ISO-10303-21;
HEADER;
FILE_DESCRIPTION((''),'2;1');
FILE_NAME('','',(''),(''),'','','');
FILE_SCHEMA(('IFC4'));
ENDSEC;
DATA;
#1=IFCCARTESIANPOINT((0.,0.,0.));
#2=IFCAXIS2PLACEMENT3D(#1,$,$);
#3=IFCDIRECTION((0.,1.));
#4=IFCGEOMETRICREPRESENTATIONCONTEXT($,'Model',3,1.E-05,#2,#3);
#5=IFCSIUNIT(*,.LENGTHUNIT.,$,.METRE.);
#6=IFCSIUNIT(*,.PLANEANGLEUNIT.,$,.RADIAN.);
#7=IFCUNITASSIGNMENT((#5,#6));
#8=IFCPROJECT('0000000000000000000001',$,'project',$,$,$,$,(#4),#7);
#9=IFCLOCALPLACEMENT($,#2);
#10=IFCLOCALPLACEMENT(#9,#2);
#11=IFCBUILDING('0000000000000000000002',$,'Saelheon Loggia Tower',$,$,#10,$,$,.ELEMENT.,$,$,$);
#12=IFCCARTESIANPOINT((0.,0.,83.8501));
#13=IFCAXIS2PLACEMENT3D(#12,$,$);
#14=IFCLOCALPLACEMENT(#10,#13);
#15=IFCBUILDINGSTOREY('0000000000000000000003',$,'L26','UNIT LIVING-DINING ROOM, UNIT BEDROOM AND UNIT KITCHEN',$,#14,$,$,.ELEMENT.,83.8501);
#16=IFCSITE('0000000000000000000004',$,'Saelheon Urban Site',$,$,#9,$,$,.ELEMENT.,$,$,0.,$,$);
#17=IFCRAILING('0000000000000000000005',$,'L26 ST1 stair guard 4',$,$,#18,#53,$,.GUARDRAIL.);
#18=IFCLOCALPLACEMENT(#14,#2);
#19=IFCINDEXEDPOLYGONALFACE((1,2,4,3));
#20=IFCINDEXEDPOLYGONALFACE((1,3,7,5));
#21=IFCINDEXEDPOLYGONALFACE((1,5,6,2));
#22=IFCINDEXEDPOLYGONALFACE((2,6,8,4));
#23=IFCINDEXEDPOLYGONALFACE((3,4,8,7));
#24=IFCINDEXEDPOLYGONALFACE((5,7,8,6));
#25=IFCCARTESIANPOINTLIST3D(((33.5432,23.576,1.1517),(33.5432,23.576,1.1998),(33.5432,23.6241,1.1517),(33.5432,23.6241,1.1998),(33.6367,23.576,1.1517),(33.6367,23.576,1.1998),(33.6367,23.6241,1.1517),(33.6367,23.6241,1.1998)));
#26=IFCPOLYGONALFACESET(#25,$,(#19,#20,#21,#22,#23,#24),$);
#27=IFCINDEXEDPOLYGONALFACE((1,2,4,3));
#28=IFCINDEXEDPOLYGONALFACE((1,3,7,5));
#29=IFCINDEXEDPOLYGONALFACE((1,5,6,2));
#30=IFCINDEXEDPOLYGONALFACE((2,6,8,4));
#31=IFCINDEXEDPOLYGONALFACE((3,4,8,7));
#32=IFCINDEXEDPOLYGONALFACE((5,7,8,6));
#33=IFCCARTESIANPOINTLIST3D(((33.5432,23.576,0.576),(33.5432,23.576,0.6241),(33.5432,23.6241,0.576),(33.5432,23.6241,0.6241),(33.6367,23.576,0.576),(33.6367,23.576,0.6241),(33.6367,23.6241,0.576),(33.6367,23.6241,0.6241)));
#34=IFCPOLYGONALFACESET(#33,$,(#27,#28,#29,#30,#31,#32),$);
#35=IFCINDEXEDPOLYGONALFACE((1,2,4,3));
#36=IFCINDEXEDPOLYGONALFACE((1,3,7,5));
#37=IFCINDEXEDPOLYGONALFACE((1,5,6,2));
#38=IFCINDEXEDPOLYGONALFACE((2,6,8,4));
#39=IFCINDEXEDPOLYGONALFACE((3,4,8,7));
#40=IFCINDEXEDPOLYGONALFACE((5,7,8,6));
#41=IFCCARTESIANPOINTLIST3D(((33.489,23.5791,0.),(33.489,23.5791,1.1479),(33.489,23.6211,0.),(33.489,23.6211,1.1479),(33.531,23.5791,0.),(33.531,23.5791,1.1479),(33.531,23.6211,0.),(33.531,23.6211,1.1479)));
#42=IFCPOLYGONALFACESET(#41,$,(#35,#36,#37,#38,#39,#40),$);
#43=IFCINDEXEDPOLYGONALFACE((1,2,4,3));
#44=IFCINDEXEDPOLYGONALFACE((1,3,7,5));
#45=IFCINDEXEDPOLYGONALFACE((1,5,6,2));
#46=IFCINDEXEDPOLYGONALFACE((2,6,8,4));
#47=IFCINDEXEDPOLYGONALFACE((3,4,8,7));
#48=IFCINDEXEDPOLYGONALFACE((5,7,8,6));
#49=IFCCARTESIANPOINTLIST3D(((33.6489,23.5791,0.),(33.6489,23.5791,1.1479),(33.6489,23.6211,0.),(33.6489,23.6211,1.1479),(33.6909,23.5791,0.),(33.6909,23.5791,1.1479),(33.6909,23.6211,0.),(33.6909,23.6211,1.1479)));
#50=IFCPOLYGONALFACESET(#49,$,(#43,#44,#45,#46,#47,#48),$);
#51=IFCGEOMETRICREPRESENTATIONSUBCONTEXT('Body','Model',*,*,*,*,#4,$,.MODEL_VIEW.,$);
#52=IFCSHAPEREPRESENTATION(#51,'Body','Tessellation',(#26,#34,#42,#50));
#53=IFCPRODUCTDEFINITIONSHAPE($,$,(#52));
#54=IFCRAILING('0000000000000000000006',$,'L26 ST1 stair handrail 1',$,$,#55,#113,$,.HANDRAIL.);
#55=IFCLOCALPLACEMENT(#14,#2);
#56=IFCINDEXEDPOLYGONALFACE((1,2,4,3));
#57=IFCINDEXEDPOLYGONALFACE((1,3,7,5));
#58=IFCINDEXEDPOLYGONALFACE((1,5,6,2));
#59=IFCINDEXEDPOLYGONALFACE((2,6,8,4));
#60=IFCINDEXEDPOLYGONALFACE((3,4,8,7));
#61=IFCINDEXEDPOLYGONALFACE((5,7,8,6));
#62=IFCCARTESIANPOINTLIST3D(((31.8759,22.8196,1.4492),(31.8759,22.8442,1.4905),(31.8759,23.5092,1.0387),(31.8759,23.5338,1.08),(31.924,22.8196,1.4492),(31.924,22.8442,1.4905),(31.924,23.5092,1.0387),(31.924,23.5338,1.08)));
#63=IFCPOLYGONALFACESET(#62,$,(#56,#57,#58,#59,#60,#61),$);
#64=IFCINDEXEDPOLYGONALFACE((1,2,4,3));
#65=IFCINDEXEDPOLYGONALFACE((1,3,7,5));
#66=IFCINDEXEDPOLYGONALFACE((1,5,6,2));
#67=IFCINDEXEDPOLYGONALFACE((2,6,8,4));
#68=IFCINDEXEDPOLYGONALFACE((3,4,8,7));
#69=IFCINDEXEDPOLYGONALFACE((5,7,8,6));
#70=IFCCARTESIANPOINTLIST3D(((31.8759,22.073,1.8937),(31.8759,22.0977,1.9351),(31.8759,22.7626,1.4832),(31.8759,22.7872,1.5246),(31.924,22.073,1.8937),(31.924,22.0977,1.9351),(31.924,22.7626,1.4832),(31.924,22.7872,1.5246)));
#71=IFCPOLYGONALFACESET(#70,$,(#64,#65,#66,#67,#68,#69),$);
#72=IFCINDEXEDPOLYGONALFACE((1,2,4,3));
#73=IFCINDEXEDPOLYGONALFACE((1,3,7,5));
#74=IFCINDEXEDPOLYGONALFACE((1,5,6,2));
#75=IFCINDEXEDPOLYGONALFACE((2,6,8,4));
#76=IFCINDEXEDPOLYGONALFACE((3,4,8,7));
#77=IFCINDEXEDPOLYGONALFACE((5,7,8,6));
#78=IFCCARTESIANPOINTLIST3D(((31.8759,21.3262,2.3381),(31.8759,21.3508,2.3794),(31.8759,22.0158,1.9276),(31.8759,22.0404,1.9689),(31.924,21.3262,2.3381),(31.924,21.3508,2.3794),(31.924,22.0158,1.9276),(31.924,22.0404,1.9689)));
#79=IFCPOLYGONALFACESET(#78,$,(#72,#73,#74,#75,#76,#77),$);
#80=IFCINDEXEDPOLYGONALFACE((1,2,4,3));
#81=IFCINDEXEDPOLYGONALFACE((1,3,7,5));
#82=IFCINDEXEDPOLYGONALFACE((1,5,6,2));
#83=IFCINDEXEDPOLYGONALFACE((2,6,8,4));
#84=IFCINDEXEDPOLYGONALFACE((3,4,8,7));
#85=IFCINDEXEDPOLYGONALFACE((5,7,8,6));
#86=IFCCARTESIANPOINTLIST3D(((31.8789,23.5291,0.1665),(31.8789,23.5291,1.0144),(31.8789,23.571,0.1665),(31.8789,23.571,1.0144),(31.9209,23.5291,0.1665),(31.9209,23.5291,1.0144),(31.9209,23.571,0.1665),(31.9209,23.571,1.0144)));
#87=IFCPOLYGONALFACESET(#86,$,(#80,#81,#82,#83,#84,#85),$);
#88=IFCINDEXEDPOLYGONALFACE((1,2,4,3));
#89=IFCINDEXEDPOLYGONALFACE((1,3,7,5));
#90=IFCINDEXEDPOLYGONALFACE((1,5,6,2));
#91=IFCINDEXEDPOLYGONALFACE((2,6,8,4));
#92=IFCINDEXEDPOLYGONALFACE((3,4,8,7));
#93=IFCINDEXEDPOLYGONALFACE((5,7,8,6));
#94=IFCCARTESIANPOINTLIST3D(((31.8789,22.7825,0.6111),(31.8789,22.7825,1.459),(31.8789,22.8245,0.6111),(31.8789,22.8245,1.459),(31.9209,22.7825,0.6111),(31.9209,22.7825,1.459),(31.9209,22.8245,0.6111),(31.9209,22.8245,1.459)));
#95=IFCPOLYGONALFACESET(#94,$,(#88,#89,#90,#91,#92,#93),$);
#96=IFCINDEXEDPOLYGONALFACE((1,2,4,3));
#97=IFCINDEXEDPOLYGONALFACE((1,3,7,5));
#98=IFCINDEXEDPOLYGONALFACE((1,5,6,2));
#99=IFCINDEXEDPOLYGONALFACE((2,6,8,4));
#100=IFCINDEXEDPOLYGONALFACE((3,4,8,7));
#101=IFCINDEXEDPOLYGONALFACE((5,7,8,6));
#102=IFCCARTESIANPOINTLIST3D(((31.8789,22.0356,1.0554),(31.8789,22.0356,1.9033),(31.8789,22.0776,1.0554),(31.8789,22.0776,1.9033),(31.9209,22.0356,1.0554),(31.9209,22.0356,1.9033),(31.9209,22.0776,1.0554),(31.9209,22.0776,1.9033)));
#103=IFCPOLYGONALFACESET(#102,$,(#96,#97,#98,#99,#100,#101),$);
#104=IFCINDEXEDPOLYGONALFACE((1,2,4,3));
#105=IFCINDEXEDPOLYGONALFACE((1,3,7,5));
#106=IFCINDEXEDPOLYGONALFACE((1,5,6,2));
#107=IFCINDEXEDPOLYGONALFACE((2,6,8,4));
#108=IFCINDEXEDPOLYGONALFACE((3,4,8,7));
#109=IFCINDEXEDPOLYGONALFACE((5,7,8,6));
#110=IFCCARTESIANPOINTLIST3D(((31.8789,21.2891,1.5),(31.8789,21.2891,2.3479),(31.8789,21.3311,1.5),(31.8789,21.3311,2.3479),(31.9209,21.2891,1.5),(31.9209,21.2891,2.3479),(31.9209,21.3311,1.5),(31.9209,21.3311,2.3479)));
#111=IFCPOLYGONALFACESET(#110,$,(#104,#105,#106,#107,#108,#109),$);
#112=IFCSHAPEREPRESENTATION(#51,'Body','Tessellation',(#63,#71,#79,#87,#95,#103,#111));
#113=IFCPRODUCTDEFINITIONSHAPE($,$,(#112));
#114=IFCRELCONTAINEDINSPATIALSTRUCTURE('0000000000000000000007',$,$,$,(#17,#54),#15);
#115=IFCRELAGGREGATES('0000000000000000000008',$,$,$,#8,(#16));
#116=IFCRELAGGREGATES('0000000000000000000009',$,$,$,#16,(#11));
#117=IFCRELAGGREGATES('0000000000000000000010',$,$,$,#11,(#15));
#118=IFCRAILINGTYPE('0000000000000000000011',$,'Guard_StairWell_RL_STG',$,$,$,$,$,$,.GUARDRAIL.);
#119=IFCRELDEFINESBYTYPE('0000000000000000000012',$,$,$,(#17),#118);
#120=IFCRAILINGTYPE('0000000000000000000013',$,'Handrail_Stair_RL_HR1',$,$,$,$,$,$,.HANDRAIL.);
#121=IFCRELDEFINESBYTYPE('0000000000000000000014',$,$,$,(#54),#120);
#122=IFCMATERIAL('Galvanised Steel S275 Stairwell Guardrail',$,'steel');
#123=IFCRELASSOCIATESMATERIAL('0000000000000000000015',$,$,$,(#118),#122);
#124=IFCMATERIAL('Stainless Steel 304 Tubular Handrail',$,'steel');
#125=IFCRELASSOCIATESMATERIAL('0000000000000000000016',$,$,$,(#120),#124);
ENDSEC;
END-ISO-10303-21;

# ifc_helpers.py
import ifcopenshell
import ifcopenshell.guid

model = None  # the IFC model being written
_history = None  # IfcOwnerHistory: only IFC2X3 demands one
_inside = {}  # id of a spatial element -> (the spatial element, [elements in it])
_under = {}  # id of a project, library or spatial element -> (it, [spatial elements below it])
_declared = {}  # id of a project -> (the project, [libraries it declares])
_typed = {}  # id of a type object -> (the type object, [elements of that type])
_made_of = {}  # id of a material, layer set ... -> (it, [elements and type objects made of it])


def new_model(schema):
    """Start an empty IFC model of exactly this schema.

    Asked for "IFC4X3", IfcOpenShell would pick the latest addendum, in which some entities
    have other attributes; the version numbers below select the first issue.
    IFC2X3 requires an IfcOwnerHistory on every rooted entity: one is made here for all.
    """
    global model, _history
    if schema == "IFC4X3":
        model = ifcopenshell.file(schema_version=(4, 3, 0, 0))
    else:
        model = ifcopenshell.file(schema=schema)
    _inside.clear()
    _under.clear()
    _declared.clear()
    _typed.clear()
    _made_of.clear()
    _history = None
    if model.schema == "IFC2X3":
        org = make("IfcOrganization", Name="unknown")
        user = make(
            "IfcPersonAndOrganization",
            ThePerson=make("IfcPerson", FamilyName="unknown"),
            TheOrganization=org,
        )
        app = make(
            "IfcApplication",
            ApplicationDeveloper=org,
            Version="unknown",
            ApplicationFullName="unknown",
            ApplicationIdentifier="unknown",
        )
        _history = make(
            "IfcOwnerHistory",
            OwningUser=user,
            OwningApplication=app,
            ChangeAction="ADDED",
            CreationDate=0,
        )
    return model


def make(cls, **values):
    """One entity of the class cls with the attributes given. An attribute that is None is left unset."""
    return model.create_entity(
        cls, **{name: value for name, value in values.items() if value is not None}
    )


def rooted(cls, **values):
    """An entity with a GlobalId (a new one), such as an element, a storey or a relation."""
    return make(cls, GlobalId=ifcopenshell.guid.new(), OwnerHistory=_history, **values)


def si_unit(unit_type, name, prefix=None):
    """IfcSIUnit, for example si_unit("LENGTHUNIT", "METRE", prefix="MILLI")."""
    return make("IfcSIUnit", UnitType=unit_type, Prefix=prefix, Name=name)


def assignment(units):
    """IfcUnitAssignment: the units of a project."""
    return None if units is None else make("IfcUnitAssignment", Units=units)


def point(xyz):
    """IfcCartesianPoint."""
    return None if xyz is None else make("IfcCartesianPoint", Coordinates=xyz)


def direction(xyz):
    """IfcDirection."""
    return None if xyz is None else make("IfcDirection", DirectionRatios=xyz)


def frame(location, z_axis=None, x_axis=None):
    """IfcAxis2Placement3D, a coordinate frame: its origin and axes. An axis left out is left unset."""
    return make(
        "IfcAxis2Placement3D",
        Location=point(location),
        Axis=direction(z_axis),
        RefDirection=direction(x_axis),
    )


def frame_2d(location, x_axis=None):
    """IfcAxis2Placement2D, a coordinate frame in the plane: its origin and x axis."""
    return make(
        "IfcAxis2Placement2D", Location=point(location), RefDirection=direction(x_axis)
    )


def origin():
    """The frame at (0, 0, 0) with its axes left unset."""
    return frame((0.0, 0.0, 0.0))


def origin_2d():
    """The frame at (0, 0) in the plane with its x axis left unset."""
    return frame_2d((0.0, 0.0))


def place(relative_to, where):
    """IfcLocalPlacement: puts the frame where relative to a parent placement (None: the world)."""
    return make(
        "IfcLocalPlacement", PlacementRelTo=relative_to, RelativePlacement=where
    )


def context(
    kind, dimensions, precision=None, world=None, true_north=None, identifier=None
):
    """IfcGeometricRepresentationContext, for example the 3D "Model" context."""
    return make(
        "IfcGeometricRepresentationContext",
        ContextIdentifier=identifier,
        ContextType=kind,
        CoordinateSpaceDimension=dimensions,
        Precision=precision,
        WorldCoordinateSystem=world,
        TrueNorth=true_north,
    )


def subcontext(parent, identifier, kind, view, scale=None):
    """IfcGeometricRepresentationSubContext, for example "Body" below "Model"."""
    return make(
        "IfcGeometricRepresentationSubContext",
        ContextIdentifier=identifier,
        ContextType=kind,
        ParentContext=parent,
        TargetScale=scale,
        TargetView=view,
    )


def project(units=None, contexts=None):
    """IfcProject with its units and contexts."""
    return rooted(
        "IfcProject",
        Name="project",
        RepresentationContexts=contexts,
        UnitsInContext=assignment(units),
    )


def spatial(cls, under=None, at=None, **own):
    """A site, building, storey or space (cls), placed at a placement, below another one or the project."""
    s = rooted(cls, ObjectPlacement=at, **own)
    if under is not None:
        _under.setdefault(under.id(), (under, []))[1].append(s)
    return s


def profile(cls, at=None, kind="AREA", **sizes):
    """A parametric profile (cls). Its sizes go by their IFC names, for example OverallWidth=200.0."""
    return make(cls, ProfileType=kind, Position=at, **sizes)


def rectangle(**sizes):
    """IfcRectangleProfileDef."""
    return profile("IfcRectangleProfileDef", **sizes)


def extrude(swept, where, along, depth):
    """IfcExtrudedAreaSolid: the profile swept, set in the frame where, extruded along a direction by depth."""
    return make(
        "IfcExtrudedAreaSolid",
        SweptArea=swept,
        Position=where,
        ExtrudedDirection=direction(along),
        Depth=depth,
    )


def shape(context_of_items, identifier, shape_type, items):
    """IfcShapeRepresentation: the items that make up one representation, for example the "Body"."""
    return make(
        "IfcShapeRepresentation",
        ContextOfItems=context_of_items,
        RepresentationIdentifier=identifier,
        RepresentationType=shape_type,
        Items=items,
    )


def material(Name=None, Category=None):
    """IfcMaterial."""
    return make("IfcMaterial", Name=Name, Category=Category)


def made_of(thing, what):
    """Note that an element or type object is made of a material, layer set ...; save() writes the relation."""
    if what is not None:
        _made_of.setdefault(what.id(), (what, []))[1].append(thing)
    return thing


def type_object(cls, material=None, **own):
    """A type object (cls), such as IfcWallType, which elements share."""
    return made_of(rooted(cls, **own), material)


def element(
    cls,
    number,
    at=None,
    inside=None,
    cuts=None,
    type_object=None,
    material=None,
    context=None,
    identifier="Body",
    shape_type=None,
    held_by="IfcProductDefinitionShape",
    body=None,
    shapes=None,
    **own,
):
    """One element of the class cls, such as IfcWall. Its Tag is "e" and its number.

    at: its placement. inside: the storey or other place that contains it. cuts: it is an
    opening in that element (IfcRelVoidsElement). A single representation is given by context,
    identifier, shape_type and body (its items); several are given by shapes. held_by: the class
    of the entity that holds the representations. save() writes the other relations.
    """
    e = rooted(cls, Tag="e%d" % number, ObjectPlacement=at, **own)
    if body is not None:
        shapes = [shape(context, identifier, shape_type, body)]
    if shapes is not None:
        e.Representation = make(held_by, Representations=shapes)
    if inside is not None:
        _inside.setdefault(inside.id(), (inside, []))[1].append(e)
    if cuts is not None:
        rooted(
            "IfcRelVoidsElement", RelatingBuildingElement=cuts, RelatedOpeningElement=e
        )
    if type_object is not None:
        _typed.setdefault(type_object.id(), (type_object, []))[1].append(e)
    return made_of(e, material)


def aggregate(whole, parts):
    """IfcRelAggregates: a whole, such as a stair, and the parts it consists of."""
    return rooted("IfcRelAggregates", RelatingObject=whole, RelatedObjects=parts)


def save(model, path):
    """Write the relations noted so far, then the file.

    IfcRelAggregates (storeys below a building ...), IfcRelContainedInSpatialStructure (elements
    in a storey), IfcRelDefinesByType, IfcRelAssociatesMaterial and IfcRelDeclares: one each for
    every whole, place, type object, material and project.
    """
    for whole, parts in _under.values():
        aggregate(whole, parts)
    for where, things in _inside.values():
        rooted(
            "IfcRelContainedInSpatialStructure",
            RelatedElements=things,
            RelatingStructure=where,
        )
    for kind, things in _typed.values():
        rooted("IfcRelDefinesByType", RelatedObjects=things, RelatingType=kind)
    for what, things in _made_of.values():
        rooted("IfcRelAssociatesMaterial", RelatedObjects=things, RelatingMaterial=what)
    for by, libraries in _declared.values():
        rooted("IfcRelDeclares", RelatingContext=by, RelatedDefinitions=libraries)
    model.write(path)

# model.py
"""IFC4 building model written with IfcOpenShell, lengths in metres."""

from ifc_helpers import new_model, si_unit, direction, frame, origin, origin_2d, place, context, subcontext, project, spatial, rectangle, extrude, material, type_object, element, save


model = new_model("IFC4")

# Units and contexts
model_context = context("Model", 3, precision=1e-05, world=origin(), true_north=direction((0.0, 1.0)))
body_context = subcontext(model_context, "Body", "Model", "MODEL_VIEW")
ifc_project = project(units=[si_unit("LENGTHUNIT", "METRE"), si_unit("PLANEANGLEUNIT", "RADIAN")], contexts=[model_context])

# Site, building, storey
site_placement = place(None, origin())
site = spatial("IfcSite", under=ifc_project, at=site_placement, Name="Saelheon Urban Site", CompositionType="ELEMENT", RefElevation=0.0)
building_placement = place(site_placement, origin())
building = spatial("IfcBuilding", under=site, at=building_placement, Name="Saelheon Loggia Tower", CompositionType="ELEMENT")
storey_placement = place(building_placement, frame((0.0, 0.0, 83.8501)))
storey = spatial("IfcBuildingStorey", under=building, at=storey_placement, Name="L26", Description="UNIT LIVING-DINING ROOM, UNIT BEDROOM AND UNIT KITCHEN", CompositionType="ELEMENT", Elevation=83.8501)

# Railings
ifc_material_1 = material(Name="Galvanised Steel S275 Stairwell Guardrail", Category="steel")
railing_type_1 = type_object("IfcRailingType", Name="Guard_StairWell_RL_STG", PredefinedType="GUARDRAIL", material=ifc_material_1)
railing_1_placement = place(storey_placement, frame((33.51, 23.6001, 0.0)))
element("IfcRailing", 1, at=railing_1_placement, inside=storey, type_object=railing_type_1, Name="L26 ST1 stair guard 4", PredefinedType="GUARDRAIL", context=body_context, shape_type="SweptSolid", body=[
    extrude(rectangle(XDim=0.0481, YDim=0.0481, at=origin_2d()), frame((0.0332, 0.0, 1.1758), z_axis=(1.0, 0.0, 0.0), x_axis=(0.0, 1.0, 0.0)), (0.0, 0.0, 1.0), 0.0935),
    extrude(rectangle(XDim=0.0481, YDim=0.0481, at=origin_2d()), frame((0.0332, 0.0, 0.6001), z_axis=(1.0, 0.0, 0.0), x_axis=(0.0, 1.0, 0.0)), (0.0, 0.0, 1.0), 0.0935),
    extrude(rectangle(XDim=0.042, YDim=0.042, at=origin_2d()), origin(), (0.0, 0.0, 1.0), 1.1479),
    extrude(rectangle(XDim=0.042, YDim=0.042, at=origin_2d()), frame((0.1599, 0.0, 0.0)), (0.0, 0.0, 1.0), 1.1479),
])
ifc_material_2 = material(Name="Stainless Steel 304 Tubular Handrail", Category="steel")
railing_type_2 = type_object("IfcRailingType", Name="Handrail_Stair_RL_HR1", PredefinedType="HANDRAIL", material=ifc_material_2)
railing_2_placement = place(storey_placement, frame((31.8999, 23.55, 0.1665)))
element("IfcRailing", 2, at=railing_2_placement, inside=storey, type_object=railing_type_2, Name="L26 ST1 stair handrail 1", PredefinedType="HANDRAIL", context=body_context, shape_type="SweptSolid", body=[
    extrude(rectangle(XDim=0.0481, YDim=0.0481, at=origin_2d()), frame((0.0, -0.0286, 0.8928), z_axis=(0.0, -0.859264, 0.511532), x_axis=(1.0, 0.0, 0.0)), (0.0, 0.0, 1.0), 0.8025),
    extrude(rectangle(XDim=0.0481, YDim=0.0481, at=origin_2d()), frame((0.0, -0.7751, 1.3374), z_axis=(0.0, -0.859264, 0.511532), x_axis=(1.0, 0.0, 0.0)), (0.0, 0.0, 1.0), 0.8025),
    extrude(rectangle(XDim=0.0481, YDim=0.0481, at=origin_2d()), frame((0.0, -1.522, 1.7817), z_axis=(0.0, -0.859264, 0.511532), x_axis=(1.0, 0.0, 0.0)), (0.0, 0.0, 1.0), 0.8025),
    extrude(rectangle(XDim=0.042, YDim=0.042, at=origin_2d()), origin(), (0.0, 0.0, 1.0), 0.8479),
    extrude(rectangle(XDim=0.042, YDim=0.042, at=origin_2d()), frame((0.0, -0.7466, 0.4446)), (0.0, 0.0, 1.0), 0.8479),
    extrude(rectangle(XDim=0.042, YDim=0.042, at=origin_2d()), frame((0.0, -1.4934, 0.8889)), (0.0, 0.0, 1.0), 0.8479),
    extrude(rectangle(XDim=0.042, YDim=0.042, at=origin_2d()), frame((0.0, -2.24, 1.3335)), (0.0, 0.0, 1.0), 0.8479),
])

save(model, "model.ifc")
